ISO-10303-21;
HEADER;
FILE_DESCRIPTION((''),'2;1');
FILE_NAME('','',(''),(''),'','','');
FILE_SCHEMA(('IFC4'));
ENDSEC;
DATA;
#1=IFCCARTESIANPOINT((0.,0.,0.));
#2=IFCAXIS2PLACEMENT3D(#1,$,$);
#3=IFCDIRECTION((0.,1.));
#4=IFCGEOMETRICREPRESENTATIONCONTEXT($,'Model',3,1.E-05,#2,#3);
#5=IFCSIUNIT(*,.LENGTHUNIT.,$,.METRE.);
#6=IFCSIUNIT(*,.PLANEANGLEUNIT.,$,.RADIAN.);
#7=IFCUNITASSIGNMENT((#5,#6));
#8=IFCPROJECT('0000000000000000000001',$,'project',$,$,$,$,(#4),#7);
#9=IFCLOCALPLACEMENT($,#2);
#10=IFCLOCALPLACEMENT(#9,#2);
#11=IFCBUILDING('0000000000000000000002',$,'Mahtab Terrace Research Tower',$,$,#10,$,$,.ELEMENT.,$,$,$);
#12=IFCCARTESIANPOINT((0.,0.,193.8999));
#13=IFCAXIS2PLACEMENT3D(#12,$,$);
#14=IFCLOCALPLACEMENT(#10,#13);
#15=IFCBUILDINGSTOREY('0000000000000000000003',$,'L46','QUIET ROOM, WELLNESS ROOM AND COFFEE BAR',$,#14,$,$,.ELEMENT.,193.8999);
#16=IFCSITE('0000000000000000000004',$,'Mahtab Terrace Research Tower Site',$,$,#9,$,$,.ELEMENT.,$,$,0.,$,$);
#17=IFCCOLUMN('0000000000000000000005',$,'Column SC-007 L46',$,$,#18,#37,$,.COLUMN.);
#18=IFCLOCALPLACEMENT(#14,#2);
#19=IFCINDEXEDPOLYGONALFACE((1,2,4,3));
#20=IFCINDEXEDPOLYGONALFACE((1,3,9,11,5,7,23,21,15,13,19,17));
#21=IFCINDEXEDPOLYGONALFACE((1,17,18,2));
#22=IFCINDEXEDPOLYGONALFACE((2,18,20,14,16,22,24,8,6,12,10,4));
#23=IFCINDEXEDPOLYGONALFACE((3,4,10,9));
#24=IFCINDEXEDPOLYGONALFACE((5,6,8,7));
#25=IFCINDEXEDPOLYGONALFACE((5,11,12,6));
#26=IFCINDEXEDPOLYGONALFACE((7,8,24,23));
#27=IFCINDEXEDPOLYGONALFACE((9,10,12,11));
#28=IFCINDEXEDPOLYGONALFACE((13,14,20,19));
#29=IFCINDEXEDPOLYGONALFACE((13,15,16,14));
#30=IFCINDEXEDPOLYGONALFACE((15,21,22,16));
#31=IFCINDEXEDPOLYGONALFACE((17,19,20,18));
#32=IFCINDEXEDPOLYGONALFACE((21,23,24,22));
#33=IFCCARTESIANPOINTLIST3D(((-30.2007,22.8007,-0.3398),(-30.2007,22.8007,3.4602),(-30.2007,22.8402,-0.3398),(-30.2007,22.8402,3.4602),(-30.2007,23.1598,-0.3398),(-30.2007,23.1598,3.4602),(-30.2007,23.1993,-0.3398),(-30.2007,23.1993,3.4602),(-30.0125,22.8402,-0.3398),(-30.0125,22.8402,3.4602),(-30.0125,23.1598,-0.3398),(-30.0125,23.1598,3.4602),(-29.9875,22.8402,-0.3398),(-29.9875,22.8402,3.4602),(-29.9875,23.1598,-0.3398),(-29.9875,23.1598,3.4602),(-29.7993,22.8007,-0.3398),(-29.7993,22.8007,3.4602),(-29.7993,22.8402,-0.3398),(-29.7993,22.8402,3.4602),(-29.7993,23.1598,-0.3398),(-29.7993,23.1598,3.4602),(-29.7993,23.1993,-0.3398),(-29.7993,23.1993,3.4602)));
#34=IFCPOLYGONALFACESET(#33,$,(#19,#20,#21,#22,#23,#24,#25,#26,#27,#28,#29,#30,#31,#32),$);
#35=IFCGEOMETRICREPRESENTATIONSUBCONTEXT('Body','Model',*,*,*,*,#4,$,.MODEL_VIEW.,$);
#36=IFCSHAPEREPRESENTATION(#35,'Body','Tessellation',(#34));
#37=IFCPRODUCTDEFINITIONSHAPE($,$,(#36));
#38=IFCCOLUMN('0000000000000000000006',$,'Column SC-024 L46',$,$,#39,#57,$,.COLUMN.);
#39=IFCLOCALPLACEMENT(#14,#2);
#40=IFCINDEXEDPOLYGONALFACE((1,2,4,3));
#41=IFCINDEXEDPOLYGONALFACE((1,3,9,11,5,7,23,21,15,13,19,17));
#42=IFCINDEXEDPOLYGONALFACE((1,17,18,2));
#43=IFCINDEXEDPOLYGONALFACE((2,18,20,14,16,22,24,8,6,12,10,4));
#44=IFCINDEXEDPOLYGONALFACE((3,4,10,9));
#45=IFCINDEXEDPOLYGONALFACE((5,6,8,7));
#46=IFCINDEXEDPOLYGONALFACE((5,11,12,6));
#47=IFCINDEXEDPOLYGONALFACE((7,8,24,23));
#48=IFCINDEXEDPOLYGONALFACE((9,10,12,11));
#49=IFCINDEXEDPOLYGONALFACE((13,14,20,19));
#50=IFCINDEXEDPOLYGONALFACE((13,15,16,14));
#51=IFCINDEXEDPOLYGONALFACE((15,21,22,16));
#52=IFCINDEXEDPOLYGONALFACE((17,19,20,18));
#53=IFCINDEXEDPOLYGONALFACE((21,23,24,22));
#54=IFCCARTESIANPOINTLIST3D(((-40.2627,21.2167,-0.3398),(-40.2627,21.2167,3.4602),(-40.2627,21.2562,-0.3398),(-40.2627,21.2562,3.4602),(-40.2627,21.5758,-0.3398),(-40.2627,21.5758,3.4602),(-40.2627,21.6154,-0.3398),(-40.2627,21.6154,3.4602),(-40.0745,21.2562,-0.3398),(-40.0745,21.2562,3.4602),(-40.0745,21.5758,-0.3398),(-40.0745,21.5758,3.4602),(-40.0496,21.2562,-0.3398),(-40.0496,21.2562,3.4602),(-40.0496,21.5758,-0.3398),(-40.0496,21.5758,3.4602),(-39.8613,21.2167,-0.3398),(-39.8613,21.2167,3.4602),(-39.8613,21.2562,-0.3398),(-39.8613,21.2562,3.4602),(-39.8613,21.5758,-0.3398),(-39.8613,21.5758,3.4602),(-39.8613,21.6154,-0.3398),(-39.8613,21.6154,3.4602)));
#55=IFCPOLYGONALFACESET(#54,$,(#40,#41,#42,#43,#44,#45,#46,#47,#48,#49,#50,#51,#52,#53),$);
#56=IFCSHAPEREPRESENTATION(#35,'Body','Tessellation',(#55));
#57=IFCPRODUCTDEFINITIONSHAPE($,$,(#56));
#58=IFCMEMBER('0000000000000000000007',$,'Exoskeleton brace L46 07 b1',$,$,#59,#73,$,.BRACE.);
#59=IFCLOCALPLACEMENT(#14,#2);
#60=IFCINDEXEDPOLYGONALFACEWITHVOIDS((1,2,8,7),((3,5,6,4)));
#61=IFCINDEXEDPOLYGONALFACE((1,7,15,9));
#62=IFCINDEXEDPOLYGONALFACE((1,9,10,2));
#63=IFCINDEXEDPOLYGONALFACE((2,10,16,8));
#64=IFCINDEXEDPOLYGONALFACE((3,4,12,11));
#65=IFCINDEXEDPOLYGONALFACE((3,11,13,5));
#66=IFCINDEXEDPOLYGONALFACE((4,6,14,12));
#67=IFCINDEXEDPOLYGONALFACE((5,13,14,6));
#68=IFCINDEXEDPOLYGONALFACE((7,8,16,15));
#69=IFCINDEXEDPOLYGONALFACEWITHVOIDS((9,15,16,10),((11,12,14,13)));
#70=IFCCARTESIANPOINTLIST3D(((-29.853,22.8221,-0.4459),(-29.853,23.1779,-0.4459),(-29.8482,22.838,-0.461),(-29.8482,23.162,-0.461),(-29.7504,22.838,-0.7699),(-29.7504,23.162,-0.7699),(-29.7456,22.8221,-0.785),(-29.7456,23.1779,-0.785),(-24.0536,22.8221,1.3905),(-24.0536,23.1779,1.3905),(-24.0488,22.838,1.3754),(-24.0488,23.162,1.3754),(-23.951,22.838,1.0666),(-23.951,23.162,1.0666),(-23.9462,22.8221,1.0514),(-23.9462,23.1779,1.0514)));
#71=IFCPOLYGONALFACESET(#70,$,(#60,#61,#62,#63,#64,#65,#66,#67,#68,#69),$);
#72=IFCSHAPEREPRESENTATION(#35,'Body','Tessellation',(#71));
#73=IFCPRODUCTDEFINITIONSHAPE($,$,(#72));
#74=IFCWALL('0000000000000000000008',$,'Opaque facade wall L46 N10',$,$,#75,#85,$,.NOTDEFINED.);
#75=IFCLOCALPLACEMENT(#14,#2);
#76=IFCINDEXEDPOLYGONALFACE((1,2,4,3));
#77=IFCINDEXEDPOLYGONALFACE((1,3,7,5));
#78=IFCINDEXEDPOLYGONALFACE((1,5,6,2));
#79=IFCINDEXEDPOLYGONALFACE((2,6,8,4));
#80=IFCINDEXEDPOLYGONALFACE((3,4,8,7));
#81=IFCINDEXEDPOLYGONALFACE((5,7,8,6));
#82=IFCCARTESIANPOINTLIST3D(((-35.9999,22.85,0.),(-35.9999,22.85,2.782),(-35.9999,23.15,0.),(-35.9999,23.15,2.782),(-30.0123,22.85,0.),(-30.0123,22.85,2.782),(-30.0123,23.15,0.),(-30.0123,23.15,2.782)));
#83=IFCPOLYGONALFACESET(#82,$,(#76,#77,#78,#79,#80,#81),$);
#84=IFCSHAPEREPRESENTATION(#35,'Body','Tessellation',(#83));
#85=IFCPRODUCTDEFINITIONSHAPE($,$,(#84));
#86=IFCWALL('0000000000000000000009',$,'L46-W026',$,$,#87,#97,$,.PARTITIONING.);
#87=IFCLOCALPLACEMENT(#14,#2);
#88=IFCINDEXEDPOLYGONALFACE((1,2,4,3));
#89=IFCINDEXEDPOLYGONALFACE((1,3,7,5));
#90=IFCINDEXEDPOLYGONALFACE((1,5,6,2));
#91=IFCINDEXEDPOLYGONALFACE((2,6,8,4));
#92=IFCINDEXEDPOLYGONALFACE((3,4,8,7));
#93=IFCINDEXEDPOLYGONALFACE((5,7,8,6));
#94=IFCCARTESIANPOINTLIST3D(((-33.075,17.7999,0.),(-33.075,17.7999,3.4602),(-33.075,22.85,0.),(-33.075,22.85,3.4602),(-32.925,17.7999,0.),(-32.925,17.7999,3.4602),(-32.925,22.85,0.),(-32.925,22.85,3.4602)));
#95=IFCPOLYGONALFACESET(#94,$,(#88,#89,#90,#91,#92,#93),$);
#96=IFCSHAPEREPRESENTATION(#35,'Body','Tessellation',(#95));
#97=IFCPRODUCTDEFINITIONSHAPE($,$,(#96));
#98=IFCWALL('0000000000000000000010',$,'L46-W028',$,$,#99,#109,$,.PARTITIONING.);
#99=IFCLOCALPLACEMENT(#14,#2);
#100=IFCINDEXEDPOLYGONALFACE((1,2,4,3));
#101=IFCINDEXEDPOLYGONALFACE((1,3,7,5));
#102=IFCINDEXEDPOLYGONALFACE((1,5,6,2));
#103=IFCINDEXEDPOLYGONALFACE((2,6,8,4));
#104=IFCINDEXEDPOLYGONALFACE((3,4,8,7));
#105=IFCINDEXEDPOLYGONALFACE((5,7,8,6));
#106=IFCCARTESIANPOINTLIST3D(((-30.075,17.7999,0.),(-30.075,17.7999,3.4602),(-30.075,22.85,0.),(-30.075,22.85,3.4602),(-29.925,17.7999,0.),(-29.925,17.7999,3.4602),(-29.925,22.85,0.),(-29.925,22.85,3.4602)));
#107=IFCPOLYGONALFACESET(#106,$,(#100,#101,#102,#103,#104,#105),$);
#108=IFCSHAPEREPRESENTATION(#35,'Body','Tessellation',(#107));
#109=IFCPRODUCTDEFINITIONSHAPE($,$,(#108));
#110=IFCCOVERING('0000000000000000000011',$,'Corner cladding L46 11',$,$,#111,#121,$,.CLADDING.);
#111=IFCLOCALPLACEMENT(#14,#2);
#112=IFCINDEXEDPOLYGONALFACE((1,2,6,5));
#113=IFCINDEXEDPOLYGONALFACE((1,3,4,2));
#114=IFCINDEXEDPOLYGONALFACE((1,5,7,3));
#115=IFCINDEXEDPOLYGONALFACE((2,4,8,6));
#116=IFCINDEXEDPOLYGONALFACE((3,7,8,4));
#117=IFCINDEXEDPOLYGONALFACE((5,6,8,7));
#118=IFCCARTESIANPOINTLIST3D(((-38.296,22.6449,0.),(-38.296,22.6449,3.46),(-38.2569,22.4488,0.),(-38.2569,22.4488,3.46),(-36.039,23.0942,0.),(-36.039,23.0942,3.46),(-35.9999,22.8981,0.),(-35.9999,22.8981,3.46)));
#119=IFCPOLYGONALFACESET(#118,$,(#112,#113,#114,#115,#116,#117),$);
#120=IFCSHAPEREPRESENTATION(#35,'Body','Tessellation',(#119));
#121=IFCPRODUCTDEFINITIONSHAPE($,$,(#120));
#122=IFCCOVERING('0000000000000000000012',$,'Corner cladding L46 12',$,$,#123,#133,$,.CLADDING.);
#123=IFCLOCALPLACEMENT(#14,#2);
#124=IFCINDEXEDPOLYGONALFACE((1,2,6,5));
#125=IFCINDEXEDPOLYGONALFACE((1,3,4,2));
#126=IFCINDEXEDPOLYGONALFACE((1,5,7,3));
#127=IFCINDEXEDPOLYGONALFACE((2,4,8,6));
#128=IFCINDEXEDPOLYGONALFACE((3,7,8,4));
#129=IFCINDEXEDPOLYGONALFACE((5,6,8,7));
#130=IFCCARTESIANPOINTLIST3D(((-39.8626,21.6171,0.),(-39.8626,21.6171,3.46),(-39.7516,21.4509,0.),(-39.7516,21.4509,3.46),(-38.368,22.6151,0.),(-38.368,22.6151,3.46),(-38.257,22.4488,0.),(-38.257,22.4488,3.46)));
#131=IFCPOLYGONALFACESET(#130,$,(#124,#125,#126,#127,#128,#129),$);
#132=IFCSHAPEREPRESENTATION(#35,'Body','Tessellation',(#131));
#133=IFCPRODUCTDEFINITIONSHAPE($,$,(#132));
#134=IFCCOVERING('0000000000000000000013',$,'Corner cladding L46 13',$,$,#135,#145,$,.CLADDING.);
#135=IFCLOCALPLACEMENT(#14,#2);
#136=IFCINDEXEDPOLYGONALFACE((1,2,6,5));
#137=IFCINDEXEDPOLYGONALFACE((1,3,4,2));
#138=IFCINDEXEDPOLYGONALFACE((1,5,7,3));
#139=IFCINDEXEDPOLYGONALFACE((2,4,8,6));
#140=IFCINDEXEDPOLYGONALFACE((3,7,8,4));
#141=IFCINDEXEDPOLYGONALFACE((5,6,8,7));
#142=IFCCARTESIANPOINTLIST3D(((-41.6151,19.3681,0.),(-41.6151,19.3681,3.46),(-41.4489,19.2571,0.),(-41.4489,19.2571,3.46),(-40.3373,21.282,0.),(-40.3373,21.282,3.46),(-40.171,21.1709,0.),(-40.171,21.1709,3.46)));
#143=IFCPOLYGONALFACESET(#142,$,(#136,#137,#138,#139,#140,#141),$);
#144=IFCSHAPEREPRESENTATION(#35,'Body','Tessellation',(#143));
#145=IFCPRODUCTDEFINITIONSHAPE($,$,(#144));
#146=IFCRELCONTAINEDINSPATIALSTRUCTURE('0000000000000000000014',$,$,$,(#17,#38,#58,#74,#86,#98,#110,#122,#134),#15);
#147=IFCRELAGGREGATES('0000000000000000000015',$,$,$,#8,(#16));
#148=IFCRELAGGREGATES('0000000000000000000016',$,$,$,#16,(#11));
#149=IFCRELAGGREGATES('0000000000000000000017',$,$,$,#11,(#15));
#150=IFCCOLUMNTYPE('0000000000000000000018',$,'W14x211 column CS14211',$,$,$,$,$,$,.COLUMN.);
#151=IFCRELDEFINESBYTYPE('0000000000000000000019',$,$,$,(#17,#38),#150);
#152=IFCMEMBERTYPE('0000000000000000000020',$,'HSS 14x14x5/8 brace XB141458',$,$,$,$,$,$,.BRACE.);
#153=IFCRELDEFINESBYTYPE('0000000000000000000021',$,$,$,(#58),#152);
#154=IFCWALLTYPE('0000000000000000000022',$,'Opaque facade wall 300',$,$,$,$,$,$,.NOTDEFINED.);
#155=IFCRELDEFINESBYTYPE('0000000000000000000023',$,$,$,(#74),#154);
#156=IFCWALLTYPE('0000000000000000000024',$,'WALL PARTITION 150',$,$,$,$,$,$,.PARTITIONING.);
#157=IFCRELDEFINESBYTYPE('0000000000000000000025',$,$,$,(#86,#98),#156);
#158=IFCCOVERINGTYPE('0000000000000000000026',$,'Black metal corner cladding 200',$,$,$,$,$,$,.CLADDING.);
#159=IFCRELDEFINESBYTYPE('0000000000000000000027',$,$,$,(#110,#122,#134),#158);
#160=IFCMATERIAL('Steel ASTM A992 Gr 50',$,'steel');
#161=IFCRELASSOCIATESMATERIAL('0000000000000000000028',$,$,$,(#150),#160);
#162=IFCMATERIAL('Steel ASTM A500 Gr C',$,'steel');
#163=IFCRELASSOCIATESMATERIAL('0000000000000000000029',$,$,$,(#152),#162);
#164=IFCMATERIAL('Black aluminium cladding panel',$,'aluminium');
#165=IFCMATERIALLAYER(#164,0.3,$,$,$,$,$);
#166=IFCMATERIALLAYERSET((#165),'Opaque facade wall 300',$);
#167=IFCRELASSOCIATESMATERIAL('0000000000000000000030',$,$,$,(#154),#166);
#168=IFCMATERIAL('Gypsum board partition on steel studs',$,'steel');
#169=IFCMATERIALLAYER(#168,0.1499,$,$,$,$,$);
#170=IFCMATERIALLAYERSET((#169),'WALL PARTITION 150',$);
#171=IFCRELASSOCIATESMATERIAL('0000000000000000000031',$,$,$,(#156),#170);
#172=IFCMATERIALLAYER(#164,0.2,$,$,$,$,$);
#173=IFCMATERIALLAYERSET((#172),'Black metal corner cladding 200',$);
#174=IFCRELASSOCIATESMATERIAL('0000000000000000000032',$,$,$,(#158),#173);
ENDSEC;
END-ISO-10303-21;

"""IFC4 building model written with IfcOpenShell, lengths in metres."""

from ifc_helpers import new_model, si_unit, direction, frame, frame_2d, origin, origin_2d, place, context, subcontext, project, spatial, rectangle, hollow_rectangle, i_section, extrude, material, layer, layer_set, material_profile, profile_set, type_object, element, save


model = new_model("IFC4")

# Units and contexts
model_context = context("Model", 3, precision=1e-05, world=origin(), true_north=direction((0.0, 1.0)))
body_context = subcontext(model_context, "Body", "Model", "MODEL_VIEW")
ifc_project = project(units=[si_unit("LENGTHUNIT", "METRE"), si_unit("PLANEANGLEUNIT", "RADIAN")], contexts=[model_context])

# Site, building, storey
site_placement = place(None, origin())
site = spatial("IfcSite", under=ifc_project, at=site_placement, Name="Mahtab Terrace Research Tower Site", CompositionType="ELEMENT", RefElevation=0.0)
building_placement = place(site_placement, origin())
building = spatial("IfcBuilding", under=site, at=building_placement, Name="Mahtab Terrace Research Tower", CompositionType="ELEMENT")
storey_placement = place(building_placement, frame((0.0, 0.0, 193.8999)))
storey = spatial("IfcBuildingStorey", under=building, at=storey_placement, Name="L46", Description="QUIET ROOM, WELLNESS ROOM AND COFFEE BAR", CompositionType="ELEMENT", Elevation=193.8999)

# Columns
ifc_material_1 = material(Name="Steel ASTM A992 Gr 50", Category="steel")
ifc_material_profile_1 = material_profile(ifc_material_1, i_section(OverallWidth=0.4014, OverallDepth=0.3987, WebThickness=0.0249, FlangeThickness=0.0396, at=origin_2d()), Name="W14X211")
ifc_profile_set_1 = profile_set([ifc_material_profile_1], Name="Steel ASTM A992 Gr 50")
column_type = type_object("IfcColumnType", Name="W14x211 column CS14211", PredefinedType="COLUMN", material=ifc_profile_set_1)
for number, where, z_axis, x_axis, name in (
    (1, (-30.0, 23.0, -0.3398), (0.0, 0.0, 1.0), (1.0, 0.0, 0.0), "Column SC-007 L46"),
    (2, (-40.062, 21.416, -0.3398), (0.0, 0.0, 1.0), (1.0, 0.0, 0.0), "Column SC-024 L46"),
):
    element("IfcColumn", number, at=place(storey_placement, frame(where, z_axis=z_axis, x_axis=x_axis)), inside=storey, type_object=column_type, Name=name, PredefinedType="COLUMN", context=body_context, shape_type="SweptSolid", body=[
        extrude(i_section(OverallWidth=0.4014, OverallDepth=0.3987, WebThickness=0.0249, FlangeThickness=0.0396, at=origin_2d()), origin(), (0.0, 0.0, 1.0), 3.8),
    ])

# Member
ifc_material_2 = material(Name="Steel ASTM A500 Gr C", Category="steel")
ifc_material_profile_2 = material_profile(ifc_material_2, hollow_rectangle(XDim=0.3557, YDim=0.3557, WallThickness=0.0159, at=origin_2d()), Name="HSS14X14X5/8")
ifc_profile_set_2 = profile_set([ifc_material_profile_2], Name="Steel ASTM A500 Gr C")
member_type = type_object("IfcMemberType", Name="HSS 14x14x5/8 brace XB141458", PredefinedType="BRACE", material=ifc_profile_set_2)
member_placement = place(storey_placement, frame((-29.7993, 23.0, -0.6155), z_axis=(0.953343, 0.0, 0.301888), x_axis=(0.0, 1.0, 0.0)))
element("IfcMember", 3, at=member_placement, inside=storey, type_object=member_type, Name="Exoskeleton brace L46 07 b1", PredefinedType="BRACE", context=body_context, shape_type="SweptSolid", body=[
    extrude(hollow_rectangle(XDim=0.3557, YDim=0.3557, WallThickness=0.0159, at=origin_2d()), origin(), (0.0, 0.0, 1.0), 6.0833),
])

# Walls
ifc_material_3 = material(Name="Black aluminium cladding panel", Category="aluminium")
ifc_layer_1 = layer(ifc_material_3, 0.3)
ifc_layer_set_1 = layer_set([ifc_layer_1], Name="Opaque facade wall 300")
wall_type_1 = type_object("IfcWallType", Name="Opaque facade wall 300", PredefinedType="NOTDEFINED", material=ifc_layer_set_1)
wall_placement = place(storey_placement, frame((-30.0125, 23.0, 0.0), z_axis=(0.0, 0.0, 1.0), x_axis=(-1.0, 0.0, 0.0)))
element("IfcWall", 4, at=wall_placement, inside=storey, type_object=wall_type_1, Name="Opaque facade wall L46 N10", PredefinedType="NOTDEFINED", context=body_context, shape_type="SweptSolid", body=[
    extrude(rectangle(XDim=5.9875, YDim=0.3, at=frame_2d((2.9937, 0.0))), origin(), (0.0, 0.0, 1.0), 2.782),
])
ifc_material_4 = material(Name="Gypsum board partition on steel studs", Category="steel")
ifc_layer_2 = layer(ifc_material_4, 0.1499)
ifc_layer_set_2 = layer_set([ifc_layer_2], Name="WALL PARTITION 150")
wall_type_2 = type_object("IfcWallType", Name="WALL PARTITION 150", PredefinedType="PARTITIONING", material=ifc_layer_set_2)
for number, where, z_axis, x_axis, name in (
    (5, (-33.0, 17.8, 0.0), (0.0, 0.0, 1.0), (0.0, 1.0, 0.0), "L46-W026"),
    (6, (-30.0, 17.8, 0.0), (0.0, 0.0, 1.0), (0.0, 1.0, 0.0), "L46-W028"),
):
    element("IfcWall", number, at=place(storey_placement, frame(where, z_axis=z_axis, x_axis=x_axis)), inside=storey, type_object=wall_type_2, Name=name, PredefinedType="PARTITIONING", context=body_context, shape_type="SweptSolid", body=[
        extrude(rectangle(XDim=5.05, YDim=0.1499, at=frame_2d((2.5249, 0.0))), origin(), (0.0, 0.0, 1.0), 3.4602),
    ])

# Coverings
ifc_layer_3 = layer(ifc_material_3, 0.2)
ifc_layer_set_3 = layer_set([ifc_layer_3], Name="Black metal corner cladding 200")
covering_type = type_object("IfcCoveringType", Name="Black metal corner cladding 200", PredefinedType="CLADDING", material=ifc_layer_set_3)
covering_1_placement = place(storey_placement, frame((-37.1479, 22.7715, 0.0), z_axis=(0.0, 0.0, 1.0), x_axis=(-0.980761, -0.195212, 0.0)))
element("IfcCovering", 7, at=covering_1_placement, inside=storey, type_object=covering_type, Name="Corner cladding L46 11", PredefinedType="CLADDING", context=body_context, shape_type="SweptSolid", body=[
    extrude(rectangle(XDim=2.3013, YDim=0.2, at=origin_2d()), origin(), (0.0, 0.0, 1.0), 3.46),
])
covering_2_placement = place(storey_placement, frame((-39.0598, 22.033, 0.0), z_axis=(0.0, 0.0, 1.0), x_axis=(-0.831656, -0.555291, 0.0)))
element("IfcCovering", 8, at=covering_2_placement, inside=storey, type_object=covering_type, Name="Corner cladding L46 12", PredefinedType="CLADDING", context=body_context, shape_type="SweptSolid", body=[
    extrude(rectangle(XDim=1.7971, YDim=0.2, at=origin_2d()), origin(), (0.0, 0.0, 1.0), 3.46),
])
covering_3_placement = place(storey_placement, frame((-40.8931, 20.2695, 0.0), z_axis=(0.0, 0.0, 1.0), x_axis=(-0.555291, -0.831656, 0.0)))
element("IfcCovering", 9, at=covering_3_placement, inside=storey, type_object=covering_type, Name="Corner cladding L46 13", PredefinedType="CLADDING", context=body_context, shape_type="SweptSolid", body=[
    extrude(rectangle(XDim=2.3013, YDim=0.2, at=origin_2d()), origin(), (0.0, 0.0, 1.0), 3.46),
])

save(model, "model.ifc")
